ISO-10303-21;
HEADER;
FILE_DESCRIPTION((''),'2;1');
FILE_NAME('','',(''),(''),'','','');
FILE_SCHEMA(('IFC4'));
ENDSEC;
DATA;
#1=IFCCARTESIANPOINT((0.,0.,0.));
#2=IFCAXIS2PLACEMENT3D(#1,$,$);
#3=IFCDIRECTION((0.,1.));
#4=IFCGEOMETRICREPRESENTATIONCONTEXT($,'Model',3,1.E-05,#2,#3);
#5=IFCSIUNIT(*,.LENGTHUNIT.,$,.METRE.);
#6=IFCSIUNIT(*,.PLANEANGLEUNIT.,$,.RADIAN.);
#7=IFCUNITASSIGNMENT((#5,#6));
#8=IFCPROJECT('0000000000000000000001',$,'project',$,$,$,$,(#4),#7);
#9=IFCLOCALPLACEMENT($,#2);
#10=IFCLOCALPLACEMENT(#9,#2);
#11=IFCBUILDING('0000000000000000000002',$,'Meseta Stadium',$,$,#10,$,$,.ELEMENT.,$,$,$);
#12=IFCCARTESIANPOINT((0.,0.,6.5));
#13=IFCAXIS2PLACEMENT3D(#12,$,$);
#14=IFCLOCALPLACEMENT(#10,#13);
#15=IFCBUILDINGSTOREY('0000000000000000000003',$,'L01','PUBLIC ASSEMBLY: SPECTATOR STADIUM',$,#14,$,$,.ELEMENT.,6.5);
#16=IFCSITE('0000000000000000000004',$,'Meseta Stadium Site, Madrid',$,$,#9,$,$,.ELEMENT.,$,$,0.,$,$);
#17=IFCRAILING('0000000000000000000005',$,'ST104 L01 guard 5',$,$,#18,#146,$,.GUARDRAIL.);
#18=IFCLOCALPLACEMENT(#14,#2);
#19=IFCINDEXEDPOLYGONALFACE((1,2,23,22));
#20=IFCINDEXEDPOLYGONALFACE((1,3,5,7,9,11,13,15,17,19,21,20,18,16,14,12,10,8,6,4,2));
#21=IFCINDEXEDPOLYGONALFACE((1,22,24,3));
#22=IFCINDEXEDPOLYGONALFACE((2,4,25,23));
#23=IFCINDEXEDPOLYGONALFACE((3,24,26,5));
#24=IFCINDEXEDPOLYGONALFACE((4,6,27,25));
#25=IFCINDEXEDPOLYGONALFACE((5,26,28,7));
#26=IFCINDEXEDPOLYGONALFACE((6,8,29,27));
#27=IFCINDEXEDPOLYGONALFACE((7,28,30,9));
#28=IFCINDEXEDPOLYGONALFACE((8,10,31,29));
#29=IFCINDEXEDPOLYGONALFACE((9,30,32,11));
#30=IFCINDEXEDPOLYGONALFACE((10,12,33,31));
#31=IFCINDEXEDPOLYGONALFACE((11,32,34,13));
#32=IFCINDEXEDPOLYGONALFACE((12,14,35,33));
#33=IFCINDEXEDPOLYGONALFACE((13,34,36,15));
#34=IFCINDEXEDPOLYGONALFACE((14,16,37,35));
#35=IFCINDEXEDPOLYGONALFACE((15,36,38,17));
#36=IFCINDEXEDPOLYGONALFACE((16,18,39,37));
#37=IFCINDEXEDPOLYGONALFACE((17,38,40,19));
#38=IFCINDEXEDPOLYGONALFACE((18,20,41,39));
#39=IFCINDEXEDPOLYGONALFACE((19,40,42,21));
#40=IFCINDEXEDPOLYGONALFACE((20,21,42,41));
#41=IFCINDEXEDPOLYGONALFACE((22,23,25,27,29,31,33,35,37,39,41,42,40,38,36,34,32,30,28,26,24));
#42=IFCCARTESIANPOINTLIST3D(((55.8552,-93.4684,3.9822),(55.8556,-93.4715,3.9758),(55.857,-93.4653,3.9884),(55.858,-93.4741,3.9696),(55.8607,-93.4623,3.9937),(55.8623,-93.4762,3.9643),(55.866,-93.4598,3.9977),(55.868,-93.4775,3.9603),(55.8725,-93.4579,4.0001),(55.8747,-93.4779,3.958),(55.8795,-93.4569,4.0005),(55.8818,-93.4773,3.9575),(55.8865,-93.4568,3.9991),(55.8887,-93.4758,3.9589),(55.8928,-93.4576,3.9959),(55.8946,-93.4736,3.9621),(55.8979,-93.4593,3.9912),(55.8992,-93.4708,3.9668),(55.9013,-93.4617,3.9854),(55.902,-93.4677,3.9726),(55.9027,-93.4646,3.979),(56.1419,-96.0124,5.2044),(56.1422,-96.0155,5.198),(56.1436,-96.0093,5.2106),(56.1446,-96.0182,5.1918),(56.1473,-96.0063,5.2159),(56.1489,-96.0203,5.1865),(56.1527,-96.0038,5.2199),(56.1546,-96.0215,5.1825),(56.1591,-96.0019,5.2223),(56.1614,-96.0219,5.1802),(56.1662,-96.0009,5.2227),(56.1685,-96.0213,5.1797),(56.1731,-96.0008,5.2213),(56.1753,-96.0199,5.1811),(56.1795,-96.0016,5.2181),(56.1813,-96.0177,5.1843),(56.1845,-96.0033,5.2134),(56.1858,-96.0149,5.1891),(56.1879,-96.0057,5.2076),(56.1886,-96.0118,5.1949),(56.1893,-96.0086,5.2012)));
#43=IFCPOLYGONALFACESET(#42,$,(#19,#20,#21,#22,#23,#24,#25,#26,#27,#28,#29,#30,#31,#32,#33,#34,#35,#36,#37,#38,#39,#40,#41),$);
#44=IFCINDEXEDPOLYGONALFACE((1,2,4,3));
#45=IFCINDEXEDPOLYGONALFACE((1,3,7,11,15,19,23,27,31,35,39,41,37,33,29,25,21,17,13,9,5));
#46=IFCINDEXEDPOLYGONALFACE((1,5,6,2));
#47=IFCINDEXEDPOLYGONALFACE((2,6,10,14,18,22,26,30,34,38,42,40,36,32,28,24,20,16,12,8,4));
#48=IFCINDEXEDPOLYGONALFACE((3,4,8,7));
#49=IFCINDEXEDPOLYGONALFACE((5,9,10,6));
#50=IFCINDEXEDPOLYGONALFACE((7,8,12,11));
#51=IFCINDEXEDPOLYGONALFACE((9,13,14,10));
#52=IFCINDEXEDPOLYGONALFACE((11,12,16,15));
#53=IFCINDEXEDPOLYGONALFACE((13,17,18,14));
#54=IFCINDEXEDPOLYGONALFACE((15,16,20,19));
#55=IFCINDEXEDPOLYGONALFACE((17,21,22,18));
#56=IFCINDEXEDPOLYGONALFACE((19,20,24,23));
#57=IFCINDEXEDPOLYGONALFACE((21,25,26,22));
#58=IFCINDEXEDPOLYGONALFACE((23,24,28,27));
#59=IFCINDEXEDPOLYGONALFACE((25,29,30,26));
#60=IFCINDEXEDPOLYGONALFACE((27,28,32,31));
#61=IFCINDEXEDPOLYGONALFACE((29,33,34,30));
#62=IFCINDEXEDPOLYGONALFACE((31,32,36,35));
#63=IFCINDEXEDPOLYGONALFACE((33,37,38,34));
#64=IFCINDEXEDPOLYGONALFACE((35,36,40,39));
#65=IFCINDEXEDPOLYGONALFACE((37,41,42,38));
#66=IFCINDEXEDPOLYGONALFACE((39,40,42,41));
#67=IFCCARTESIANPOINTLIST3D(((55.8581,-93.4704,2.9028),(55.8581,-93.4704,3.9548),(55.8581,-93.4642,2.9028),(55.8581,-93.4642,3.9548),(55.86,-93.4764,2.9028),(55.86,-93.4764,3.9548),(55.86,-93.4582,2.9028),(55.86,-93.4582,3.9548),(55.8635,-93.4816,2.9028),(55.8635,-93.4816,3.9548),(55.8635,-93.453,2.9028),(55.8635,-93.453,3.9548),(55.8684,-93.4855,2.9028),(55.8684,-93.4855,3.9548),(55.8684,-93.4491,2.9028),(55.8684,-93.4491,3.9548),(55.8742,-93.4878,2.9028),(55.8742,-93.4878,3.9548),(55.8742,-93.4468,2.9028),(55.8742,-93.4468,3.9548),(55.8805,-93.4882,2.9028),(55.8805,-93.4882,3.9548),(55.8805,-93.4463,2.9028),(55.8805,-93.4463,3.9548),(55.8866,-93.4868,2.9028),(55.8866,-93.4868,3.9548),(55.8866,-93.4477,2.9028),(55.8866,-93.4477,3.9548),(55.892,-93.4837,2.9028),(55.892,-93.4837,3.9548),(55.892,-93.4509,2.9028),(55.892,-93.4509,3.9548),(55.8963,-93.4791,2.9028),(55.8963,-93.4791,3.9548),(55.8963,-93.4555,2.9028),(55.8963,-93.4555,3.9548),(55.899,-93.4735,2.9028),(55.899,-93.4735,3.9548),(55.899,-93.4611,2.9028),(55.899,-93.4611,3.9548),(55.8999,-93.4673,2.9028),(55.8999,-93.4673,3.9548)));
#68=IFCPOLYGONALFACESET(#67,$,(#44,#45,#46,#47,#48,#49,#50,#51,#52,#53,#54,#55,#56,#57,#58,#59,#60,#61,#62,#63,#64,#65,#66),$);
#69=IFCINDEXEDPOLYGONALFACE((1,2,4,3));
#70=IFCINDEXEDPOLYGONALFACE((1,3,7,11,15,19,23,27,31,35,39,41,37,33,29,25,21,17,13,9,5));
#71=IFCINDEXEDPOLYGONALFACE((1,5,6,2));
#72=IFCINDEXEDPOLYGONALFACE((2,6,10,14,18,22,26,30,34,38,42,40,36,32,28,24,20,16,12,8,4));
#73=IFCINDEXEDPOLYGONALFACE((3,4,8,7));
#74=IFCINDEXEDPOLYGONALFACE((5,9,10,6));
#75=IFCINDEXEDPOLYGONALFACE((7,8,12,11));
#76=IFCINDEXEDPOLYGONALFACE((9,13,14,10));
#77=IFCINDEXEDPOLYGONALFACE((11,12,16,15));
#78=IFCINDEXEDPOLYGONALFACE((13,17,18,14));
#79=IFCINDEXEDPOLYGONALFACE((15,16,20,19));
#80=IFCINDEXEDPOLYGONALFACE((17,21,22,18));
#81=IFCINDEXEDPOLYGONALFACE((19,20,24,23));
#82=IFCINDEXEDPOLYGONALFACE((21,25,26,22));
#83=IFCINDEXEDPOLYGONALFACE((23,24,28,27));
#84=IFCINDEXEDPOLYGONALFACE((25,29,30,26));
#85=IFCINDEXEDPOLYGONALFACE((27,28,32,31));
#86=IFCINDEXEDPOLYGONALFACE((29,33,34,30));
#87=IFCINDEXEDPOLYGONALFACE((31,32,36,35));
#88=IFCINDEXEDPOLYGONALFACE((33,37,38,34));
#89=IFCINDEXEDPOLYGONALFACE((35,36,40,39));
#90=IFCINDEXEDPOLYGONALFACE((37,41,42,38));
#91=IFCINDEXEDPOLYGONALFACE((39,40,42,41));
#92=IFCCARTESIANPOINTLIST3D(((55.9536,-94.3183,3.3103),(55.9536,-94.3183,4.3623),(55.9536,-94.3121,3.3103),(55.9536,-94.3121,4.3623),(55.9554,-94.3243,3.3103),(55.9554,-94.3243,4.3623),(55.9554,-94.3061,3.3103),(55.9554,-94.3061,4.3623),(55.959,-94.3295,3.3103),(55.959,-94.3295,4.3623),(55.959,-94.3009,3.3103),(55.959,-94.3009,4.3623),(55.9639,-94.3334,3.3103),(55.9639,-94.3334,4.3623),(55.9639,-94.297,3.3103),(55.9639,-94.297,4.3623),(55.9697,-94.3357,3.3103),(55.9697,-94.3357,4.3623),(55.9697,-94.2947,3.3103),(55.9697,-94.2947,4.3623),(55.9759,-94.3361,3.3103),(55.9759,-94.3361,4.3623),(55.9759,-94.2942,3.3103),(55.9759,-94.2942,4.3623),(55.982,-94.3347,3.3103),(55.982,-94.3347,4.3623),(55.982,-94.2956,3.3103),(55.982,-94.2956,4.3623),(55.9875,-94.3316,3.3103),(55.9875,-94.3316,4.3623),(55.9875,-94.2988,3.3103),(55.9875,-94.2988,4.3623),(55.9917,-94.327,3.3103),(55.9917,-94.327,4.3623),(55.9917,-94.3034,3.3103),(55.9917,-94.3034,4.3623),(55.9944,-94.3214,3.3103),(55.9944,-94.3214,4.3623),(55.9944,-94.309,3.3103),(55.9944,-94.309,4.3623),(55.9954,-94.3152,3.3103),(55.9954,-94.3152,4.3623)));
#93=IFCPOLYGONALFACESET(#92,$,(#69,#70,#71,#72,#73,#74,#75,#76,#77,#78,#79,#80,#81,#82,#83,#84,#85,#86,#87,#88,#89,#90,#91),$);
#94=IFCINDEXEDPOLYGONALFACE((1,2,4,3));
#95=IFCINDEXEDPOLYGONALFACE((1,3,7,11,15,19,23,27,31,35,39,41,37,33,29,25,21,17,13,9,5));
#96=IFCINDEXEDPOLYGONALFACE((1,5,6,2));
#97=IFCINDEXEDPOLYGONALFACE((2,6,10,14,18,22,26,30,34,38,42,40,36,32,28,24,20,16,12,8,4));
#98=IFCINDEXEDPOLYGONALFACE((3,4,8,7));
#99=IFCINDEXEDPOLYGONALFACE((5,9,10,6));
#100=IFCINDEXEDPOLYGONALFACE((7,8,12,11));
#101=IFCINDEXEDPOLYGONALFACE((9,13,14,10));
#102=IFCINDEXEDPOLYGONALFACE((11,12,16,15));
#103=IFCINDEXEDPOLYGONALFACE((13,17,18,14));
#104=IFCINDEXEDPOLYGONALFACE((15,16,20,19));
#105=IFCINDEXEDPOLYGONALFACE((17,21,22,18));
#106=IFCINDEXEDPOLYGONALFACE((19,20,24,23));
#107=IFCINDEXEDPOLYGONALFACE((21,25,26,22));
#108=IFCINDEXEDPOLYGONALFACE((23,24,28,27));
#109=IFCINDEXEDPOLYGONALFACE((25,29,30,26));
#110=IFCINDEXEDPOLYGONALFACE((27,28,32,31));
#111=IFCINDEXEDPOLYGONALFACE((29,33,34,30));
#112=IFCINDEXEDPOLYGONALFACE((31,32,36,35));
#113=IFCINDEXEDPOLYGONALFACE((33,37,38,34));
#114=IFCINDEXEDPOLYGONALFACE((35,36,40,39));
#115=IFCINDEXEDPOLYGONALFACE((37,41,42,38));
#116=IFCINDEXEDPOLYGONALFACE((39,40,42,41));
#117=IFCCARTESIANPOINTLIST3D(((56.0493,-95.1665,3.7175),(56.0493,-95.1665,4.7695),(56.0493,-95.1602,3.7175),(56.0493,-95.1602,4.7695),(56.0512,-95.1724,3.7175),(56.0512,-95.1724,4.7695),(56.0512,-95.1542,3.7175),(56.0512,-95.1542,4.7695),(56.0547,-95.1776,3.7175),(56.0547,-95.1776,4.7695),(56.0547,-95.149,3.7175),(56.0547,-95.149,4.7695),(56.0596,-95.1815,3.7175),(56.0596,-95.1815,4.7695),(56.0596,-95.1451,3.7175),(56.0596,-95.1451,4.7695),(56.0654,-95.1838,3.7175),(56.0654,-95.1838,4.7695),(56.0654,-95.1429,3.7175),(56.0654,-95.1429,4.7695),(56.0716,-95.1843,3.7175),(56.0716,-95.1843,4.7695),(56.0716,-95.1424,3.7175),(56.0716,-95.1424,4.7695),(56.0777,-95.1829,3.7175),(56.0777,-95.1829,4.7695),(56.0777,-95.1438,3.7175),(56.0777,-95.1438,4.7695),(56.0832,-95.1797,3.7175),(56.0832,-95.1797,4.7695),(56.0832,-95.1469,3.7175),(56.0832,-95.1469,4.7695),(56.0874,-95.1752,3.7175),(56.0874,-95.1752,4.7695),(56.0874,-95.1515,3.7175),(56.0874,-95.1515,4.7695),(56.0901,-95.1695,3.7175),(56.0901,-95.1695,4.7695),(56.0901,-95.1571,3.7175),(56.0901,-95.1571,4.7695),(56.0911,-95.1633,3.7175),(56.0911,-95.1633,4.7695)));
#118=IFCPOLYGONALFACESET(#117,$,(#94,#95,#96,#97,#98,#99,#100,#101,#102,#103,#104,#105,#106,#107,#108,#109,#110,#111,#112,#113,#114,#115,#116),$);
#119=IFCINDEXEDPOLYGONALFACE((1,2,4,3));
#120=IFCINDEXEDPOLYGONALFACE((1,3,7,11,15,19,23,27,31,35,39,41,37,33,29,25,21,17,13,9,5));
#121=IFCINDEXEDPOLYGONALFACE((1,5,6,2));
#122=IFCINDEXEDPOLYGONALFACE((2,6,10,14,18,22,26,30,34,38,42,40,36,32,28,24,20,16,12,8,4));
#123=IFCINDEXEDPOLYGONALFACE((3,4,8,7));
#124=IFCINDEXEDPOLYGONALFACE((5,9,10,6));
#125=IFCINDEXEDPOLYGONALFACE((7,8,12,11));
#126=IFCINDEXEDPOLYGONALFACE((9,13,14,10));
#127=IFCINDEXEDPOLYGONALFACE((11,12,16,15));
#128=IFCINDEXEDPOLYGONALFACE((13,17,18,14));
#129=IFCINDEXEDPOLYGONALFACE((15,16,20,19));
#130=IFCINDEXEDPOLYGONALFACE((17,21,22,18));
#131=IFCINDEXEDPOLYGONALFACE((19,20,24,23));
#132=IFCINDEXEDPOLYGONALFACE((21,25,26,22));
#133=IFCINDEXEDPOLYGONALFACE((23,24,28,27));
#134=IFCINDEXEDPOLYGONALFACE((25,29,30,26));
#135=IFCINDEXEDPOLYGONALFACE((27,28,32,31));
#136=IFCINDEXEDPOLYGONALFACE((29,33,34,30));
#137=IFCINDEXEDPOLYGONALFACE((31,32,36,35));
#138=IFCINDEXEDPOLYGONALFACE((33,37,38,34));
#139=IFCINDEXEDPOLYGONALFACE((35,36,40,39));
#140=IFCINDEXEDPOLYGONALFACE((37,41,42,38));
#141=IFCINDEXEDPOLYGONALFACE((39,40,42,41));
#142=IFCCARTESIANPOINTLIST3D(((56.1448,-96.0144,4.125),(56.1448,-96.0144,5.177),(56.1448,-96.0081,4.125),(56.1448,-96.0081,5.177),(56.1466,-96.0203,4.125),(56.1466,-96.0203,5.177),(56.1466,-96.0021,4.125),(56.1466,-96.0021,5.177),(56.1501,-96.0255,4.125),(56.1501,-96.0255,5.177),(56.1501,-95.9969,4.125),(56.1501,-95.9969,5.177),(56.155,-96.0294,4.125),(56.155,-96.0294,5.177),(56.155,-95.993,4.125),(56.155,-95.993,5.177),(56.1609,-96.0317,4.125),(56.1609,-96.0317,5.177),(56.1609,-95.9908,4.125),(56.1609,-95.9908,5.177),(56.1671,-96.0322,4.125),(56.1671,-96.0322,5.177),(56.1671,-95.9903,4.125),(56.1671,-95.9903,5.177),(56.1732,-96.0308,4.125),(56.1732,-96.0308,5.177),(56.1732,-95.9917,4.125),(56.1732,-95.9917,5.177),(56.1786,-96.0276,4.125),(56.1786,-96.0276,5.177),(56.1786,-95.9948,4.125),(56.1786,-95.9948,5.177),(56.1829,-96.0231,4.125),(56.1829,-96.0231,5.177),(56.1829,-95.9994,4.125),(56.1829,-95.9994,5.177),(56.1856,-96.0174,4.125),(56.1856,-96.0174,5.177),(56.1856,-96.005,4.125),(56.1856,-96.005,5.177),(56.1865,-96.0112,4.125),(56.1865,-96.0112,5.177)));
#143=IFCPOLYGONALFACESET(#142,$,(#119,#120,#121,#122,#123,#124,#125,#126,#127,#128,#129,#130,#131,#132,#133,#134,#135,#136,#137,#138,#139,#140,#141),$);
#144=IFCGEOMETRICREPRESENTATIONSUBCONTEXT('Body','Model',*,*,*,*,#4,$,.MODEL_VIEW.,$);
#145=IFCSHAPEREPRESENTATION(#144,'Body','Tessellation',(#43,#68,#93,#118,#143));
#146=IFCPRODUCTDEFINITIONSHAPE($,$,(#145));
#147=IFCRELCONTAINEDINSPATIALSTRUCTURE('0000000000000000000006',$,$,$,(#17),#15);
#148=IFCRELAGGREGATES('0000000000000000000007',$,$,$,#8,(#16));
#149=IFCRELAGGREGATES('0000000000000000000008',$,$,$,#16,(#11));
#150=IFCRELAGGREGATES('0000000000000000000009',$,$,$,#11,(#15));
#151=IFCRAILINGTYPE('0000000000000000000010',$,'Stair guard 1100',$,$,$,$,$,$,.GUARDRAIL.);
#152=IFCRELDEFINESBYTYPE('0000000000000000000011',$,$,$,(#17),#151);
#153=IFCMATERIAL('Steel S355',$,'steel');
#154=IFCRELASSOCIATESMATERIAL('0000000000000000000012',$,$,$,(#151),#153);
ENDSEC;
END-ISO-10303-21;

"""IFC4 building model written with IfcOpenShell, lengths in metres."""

from ifc_helpers import new_model, si_unit, direction, frame, origin, origin_2d, place, context, subcontext, project, spatial, circle, extrude, material, type_object, element, save


model = new_model("IFC4")

# Units and contexts
model_context = context("Model", 3, precision=1e-05, world=origin(), true_north=direction((0.0, 1.0)))
body_context = subcontext(model_context, "Body", "Model", "MODEL_VIEW")
ifc_project = project(units=[si_unit("LENGTHUNIT", "METRE"), si_unit("PLANEANGLEUNIT", "RADIAN")], contexts=[model_context])

# Site, building, storey
site_placement = place(None, origin())
site = spatial("IfcSite", under=ifc_project, at=site_placement, Name="Meseta Stadium Site, Madrid", CompositionType="ELEMENT", RefElevation=0.0)
building_placement = place(site_placement, origin())
building = spatial("IfcBuilding", under=site, at=building_placement, Name="Meseta Stadium", CompositionType="ELEMENT")
storey_placement = place(building_placement, frame((0.0, 0.0, 6.5)))
storey = spatial("IfcBuildingStorey", under=building, at=storey_placement, Name="L01", Description="PUBLIC ASSEMBLY: SPECTATOR STADIUM", CompositionType="ELEMENT", Elevation=6.5)

# Railing
ifc_material_1 = material(Name="Steel S355", Category="steel")
railing_type_1 = type_object("IfcRailingType", Name="Stair guard 1100", PredefinedType="GUARDRAIL", material=ifc_material_1)
railing_1_placement = place(storey_placement, frame((55.8789, -93.4673, 2.9028)))
element("IfcRailing", 1, at=railing_1_placement, inside=storey, type_object=railing_type_1, Name="ST104 L01 guard 5", PredefinedType="GUARDRAIL", context=body_context, shape_type="SweptSolid", body=[
    extrude(circle(Radius=0.0239, at=origin_2d()), frame((0.0, 0.0, 1.0762), z_axis=(0.101036, -0.896762, 0.430824), x_axis=(0.993713, 0.11196, 0.0)), (0.0, 0.0, 1.0), 2.8369),
    extrude(circle(Radius=0.021, at=origin_2d()), origin(), (0.0, 0.0, 1.0), 1.052),
    extrude(circle(Radius=0.021, at=origin_2d()), frame((0.0955, -0.8479, 0.4075)), (0.0, 0.0, 1.0), 1.052),
    extrude(circle(Radius=0.021, at=origin_2d()), frame((0.1912, -1.696, 0.8147)), (0.0, 0.0, 1.0), 1.052),
    extrude(circle(Radius=0.021, at=origin_2d()), frame((0.2866, -2.5439, 1.2222)), (0.0, 0.0, 1.0), 1.052),
])

save(model, "model.ifc")
